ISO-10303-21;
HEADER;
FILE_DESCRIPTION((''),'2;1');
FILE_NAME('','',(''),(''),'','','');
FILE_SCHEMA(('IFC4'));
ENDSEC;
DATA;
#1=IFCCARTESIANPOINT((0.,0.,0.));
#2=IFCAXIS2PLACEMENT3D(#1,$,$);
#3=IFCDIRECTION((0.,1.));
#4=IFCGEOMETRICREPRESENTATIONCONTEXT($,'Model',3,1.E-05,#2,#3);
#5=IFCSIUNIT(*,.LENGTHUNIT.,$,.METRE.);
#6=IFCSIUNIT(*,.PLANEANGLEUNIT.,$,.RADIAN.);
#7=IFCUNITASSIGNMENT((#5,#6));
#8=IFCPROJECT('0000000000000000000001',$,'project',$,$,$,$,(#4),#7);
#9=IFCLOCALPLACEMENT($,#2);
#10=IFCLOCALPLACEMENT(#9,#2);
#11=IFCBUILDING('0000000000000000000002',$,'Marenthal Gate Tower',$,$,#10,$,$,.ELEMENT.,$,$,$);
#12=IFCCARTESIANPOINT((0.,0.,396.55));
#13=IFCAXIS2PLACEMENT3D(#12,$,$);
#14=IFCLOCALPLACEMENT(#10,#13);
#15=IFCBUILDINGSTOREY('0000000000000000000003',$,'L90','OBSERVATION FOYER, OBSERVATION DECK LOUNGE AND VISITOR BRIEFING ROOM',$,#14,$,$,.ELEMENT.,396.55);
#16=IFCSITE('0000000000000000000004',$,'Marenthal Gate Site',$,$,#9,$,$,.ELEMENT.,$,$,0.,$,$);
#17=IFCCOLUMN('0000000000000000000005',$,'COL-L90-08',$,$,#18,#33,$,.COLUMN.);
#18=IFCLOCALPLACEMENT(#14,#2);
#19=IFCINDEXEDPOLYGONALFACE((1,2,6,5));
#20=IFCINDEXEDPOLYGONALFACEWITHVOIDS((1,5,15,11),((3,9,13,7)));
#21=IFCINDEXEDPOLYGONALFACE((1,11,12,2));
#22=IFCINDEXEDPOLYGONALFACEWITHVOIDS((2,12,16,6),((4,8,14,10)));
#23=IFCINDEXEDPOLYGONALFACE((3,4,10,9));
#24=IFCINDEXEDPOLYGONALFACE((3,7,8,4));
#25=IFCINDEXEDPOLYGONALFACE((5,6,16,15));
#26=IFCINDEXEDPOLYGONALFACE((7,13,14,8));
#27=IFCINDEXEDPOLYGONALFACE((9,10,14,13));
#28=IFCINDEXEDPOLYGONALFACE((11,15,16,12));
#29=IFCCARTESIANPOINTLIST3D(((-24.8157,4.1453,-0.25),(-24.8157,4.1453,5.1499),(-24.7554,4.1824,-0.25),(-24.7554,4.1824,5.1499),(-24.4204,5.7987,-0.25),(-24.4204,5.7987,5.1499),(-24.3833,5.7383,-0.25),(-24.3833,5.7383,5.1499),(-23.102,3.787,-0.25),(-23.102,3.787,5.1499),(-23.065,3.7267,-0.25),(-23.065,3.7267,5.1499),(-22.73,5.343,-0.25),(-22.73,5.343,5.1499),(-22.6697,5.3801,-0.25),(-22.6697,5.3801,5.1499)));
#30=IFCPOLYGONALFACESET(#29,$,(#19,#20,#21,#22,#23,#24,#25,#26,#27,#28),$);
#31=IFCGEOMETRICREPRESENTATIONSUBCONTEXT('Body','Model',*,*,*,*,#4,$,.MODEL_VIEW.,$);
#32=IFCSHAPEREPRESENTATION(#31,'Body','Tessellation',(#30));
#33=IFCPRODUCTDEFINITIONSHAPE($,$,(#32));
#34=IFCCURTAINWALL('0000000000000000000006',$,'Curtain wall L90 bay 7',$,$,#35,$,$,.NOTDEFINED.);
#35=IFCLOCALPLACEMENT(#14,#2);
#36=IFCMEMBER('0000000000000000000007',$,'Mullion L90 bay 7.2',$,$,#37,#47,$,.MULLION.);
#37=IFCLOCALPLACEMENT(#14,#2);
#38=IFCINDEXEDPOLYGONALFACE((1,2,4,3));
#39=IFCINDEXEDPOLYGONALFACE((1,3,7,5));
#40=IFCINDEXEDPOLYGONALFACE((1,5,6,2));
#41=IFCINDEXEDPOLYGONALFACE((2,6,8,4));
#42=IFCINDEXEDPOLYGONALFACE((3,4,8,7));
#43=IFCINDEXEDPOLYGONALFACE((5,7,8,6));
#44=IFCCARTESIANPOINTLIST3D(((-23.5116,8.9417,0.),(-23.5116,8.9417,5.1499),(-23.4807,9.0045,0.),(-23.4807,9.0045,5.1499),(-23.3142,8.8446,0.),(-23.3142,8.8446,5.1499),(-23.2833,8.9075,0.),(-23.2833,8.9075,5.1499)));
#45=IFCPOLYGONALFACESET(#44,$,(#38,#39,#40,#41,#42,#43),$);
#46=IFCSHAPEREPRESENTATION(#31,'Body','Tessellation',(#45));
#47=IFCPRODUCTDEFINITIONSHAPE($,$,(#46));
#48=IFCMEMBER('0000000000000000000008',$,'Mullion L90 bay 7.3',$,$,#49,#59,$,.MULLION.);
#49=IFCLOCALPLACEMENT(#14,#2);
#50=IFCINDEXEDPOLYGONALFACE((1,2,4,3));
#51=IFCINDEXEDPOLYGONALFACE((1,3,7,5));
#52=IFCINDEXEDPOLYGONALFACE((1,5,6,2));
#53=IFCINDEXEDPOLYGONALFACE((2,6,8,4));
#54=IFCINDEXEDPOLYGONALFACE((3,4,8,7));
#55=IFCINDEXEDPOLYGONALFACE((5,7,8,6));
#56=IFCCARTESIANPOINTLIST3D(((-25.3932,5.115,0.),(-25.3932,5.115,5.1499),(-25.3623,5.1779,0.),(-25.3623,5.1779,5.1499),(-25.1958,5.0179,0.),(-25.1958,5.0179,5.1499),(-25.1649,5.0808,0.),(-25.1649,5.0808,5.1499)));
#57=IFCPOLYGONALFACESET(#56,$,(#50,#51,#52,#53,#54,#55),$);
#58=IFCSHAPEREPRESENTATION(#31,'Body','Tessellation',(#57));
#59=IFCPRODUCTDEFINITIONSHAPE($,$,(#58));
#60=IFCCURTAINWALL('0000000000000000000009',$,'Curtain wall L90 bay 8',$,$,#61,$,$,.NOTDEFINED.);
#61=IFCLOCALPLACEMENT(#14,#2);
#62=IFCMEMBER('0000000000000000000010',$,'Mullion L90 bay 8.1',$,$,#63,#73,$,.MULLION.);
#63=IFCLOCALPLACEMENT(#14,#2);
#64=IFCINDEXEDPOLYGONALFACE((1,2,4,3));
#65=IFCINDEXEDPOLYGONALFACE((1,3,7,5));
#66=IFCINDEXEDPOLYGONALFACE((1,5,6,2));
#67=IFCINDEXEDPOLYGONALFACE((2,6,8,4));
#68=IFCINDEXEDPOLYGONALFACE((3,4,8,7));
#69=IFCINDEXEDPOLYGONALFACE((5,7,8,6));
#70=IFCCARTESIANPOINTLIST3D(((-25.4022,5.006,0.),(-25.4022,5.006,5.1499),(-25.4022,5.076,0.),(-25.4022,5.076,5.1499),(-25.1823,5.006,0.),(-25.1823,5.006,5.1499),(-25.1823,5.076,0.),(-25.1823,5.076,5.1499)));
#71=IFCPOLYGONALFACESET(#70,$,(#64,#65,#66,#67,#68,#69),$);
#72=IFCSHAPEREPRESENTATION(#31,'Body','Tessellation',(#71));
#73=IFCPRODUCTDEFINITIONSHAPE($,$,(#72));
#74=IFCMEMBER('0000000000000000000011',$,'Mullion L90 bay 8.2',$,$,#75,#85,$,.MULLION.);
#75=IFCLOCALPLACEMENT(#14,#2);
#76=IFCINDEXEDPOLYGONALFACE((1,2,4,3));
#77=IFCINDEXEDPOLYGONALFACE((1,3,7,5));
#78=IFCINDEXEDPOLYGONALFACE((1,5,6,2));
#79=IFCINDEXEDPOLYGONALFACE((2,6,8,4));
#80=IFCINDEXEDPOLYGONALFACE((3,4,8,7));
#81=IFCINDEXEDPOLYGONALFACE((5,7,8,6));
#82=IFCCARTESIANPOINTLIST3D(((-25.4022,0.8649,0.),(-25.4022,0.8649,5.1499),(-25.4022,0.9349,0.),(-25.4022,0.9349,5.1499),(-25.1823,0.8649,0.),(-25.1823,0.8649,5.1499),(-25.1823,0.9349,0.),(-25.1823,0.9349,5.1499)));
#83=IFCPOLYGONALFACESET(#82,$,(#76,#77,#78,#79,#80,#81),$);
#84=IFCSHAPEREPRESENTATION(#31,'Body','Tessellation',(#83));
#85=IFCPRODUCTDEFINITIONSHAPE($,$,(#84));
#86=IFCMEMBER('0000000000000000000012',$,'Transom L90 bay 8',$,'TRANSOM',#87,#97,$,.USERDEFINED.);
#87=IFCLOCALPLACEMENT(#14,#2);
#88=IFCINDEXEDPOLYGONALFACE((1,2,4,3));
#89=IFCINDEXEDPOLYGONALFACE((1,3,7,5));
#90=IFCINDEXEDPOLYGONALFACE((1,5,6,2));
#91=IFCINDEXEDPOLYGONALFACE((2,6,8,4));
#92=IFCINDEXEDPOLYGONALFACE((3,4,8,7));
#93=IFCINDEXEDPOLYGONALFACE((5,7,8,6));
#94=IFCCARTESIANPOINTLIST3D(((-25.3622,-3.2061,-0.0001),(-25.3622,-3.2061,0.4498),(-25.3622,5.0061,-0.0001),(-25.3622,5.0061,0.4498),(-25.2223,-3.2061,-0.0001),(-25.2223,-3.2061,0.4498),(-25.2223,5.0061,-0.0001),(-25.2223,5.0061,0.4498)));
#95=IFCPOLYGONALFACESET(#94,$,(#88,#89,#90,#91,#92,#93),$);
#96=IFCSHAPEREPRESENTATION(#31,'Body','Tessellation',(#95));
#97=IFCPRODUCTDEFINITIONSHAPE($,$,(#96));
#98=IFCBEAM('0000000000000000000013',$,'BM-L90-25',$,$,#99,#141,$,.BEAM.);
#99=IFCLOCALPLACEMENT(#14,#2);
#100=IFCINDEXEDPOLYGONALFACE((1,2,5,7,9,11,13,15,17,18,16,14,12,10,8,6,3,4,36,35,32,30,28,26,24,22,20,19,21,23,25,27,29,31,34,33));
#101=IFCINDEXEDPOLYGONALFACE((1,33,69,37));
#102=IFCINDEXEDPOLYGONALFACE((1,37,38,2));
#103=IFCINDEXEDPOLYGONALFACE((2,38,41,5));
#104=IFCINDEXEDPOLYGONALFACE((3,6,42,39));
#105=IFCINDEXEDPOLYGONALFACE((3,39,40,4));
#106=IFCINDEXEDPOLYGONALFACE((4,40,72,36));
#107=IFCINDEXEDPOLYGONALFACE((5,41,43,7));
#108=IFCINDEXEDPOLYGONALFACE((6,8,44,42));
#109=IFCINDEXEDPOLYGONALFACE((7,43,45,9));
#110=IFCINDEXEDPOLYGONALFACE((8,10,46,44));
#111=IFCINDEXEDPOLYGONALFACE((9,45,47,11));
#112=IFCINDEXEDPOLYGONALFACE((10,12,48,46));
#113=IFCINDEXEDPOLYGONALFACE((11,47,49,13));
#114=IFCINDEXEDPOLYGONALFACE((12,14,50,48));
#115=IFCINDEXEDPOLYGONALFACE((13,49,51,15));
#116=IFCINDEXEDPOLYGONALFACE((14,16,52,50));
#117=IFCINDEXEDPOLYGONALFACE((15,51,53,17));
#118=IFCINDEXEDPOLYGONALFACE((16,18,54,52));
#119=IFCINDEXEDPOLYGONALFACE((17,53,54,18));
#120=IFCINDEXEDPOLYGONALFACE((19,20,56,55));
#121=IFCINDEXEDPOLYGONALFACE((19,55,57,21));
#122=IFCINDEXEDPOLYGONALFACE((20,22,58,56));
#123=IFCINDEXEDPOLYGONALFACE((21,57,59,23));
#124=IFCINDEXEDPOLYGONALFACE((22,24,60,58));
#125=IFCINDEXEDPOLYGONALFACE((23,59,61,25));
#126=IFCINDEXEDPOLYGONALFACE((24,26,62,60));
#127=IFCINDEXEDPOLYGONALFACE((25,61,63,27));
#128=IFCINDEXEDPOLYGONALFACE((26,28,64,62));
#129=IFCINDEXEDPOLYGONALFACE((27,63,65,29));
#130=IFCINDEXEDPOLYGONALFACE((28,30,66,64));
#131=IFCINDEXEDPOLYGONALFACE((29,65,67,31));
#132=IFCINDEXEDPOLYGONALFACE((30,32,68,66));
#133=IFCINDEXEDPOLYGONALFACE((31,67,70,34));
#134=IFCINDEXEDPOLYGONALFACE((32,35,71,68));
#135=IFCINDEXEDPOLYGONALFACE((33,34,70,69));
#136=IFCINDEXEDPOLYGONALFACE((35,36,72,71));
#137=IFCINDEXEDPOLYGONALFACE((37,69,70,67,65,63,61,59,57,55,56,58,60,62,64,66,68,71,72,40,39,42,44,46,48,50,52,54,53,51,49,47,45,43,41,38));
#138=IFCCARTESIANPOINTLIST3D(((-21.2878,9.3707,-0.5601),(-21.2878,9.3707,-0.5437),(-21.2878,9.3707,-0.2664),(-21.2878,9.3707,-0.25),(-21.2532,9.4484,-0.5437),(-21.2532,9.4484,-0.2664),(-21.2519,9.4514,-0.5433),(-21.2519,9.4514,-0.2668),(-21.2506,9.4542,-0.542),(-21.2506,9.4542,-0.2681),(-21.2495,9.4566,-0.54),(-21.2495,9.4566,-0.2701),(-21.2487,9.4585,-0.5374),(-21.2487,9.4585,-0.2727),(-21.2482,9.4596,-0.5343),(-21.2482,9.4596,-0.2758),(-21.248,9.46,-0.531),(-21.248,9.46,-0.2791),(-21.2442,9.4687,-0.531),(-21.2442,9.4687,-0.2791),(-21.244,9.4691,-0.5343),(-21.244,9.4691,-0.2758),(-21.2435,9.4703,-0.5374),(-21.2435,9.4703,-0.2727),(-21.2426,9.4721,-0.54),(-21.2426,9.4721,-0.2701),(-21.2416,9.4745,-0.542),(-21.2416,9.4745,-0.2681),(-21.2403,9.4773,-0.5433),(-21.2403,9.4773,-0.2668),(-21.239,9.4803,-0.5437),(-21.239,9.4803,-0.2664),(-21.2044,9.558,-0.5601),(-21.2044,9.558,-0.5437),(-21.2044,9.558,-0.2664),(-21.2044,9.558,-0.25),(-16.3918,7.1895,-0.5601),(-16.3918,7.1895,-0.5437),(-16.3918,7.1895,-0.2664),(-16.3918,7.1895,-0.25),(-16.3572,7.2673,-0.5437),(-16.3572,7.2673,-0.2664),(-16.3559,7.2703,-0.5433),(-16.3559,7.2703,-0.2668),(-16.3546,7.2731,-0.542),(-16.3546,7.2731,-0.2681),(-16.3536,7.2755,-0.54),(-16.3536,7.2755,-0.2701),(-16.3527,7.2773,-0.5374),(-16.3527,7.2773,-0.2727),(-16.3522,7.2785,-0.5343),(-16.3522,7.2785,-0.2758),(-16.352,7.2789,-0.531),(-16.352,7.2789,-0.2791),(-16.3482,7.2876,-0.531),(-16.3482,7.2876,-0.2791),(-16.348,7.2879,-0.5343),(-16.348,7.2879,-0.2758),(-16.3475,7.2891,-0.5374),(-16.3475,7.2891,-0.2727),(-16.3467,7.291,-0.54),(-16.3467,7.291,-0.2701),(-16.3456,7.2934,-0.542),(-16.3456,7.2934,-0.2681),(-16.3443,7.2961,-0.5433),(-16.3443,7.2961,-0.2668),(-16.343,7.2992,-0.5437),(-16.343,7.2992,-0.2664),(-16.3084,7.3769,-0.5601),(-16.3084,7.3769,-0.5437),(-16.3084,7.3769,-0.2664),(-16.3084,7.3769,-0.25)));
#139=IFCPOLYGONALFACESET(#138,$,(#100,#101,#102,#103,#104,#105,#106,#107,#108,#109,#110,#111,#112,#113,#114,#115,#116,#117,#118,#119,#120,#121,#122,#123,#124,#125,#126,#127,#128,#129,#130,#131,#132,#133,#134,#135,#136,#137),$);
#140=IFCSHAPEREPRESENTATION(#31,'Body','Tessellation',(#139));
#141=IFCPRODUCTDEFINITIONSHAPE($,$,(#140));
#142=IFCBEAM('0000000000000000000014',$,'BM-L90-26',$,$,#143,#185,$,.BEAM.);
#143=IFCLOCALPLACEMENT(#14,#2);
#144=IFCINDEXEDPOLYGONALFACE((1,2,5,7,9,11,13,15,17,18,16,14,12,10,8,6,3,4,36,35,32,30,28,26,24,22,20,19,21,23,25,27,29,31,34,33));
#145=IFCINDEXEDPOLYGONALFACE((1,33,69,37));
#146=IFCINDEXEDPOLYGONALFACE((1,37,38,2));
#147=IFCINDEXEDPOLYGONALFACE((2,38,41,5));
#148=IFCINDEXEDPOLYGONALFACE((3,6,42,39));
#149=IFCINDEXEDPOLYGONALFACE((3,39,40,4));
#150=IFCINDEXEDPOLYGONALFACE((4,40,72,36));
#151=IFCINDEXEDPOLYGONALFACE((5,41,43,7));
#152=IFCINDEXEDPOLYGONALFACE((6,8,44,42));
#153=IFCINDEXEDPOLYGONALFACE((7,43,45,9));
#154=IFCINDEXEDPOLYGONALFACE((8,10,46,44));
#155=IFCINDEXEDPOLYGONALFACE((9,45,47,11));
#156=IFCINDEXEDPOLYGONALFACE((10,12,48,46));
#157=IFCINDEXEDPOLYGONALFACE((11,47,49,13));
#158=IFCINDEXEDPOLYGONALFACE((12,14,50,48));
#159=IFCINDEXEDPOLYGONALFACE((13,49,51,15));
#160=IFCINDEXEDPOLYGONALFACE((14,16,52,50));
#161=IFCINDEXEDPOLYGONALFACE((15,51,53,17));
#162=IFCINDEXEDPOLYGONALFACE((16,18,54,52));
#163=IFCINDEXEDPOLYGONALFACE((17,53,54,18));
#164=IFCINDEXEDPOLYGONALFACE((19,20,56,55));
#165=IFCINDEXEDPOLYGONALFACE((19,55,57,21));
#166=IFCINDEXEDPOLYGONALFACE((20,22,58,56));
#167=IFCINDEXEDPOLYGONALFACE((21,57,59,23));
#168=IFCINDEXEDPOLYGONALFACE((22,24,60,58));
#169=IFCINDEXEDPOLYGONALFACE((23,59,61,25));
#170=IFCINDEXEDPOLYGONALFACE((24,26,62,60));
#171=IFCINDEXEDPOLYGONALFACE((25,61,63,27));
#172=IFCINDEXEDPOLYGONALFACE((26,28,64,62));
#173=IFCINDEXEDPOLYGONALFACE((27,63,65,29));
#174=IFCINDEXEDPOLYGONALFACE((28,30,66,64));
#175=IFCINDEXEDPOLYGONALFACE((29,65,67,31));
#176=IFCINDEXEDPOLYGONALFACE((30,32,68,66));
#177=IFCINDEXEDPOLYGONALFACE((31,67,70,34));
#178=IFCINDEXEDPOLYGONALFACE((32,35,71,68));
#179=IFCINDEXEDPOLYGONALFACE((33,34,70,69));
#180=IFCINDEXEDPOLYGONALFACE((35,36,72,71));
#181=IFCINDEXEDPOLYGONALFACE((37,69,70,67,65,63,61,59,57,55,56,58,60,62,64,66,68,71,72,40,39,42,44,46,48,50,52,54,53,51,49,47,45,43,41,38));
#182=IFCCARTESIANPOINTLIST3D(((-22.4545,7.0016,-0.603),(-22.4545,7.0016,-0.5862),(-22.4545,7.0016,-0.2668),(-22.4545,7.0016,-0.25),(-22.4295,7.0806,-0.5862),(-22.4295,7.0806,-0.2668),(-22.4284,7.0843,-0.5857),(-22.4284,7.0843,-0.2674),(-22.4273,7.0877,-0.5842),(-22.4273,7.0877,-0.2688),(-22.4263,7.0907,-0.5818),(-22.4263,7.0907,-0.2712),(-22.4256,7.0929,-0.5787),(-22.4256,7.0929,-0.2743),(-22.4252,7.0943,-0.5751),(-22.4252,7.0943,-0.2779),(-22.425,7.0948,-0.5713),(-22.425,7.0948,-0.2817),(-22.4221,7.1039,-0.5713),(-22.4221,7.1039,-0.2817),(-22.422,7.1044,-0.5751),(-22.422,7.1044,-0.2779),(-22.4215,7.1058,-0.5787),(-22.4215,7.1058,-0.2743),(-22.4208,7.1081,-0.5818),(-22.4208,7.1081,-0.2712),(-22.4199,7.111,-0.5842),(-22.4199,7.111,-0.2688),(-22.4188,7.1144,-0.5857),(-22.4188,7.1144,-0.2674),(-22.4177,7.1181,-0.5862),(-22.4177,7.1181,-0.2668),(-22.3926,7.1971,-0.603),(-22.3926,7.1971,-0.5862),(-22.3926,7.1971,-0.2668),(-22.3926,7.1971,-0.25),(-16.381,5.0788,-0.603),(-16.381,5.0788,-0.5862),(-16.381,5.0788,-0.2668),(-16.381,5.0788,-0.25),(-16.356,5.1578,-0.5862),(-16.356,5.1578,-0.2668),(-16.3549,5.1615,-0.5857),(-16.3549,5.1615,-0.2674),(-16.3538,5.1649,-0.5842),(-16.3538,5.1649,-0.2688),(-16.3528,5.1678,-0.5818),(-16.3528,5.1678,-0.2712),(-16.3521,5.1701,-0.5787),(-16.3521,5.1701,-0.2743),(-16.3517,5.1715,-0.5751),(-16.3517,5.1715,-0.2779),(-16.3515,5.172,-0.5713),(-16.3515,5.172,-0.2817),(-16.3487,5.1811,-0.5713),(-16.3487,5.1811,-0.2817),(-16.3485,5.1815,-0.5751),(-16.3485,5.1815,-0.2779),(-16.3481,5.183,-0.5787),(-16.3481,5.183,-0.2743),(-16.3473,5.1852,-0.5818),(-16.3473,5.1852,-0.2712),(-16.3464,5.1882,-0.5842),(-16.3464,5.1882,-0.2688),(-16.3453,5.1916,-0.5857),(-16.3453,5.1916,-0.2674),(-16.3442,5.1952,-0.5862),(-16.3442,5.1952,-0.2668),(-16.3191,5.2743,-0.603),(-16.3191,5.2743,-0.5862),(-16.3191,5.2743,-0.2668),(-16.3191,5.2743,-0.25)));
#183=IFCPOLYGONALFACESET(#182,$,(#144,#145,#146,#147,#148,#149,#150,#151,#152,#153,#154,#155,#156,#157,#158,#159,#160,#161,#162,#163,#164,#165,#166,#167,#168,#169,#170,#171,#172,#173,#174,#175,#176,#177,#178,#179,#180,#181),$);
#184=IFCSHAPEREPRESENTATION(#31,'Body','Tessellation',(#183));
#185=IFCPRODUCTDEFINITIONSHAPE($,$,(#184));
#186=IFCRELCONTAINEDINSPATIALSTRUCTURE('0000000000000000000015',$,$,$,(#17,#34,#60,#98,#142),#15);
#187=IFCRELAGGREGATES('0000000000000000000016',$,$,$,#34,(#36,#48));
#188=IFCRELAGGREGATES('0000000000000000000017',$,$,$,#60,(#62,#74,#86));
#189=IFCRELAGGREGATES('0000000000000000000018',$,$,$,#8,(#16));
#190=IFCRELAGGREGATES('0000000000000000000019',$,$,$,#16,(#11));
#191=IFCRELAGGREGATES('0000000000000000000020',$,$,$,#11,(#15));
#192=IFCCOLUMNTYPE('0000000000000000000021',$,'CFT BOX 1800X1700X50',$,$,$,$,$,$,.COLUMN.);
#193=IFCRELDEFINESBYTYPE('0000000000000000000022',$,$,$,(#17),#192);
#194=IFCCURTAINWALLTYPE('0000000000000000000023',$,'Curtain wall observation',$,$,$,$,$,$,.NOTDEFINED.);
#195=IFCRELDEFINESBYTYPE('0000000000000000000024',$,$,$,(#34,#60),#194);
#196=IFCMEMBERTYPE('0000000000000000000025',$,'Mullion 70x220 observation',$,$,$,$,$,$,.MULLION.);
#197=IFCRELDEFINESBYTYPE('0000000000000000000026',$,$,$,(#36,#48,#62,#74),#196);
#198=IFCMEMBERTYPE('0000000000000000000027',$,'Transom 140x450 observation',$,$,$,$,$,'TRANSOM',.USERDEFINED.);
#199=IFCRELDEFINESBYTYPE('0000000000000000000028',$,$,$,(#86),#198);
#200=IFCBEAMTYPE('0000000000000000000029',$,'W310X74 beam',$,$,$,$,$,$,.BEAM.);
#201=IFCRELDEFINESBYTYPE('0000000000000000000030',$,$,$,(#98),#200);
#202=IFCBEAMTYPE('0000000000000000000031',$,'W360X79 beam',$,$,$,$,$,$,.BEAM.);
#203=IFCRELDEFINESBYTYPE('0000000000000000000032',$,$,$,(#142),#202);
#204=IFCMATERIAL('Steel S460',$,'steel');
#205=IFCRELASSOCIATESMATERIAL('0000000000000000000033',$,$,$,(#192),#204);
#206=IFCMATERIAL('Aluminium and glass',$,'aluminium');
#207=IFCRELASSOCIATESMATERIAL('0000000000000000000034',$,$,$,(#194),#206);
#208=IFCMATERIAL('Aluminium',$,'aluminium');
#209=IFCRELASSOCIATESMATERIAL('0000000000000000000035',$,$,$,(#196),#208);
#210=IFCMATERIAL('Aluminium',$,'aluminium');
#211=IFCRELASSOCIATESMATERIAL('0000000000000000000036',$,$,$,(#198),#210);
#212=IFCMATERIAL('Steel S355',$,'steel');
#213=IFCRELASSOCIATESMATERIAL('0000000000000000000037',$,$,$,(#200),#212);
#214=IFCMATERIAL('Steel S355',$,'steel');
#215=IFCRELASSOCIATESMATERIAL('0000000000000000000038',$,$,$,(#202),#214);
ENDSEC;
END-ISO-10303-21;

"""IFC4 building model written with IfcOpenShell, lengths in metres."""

from ifc_helpers import new_model, si_unit, direction, frame, origin, origin_2d, place, context, subcontext, project, spatial, rectangle, hollow_rectangle, i_section, extrude, material, material_profile, profile_set, type_object, element, aggregate, save


model = new_model("IFC4")

# Units and contexts
model_context = context("Model", 3, precision=1e-05, world=origin(), true_north=direction((0.0, 1.0)))
body_context = subcontext(model_context, "Body", "Model", "MODEL_VIEW")
ifc_project = project(units=[si_unit("LENGTHUNIT", "METRE"), si_unit("PLANEANGLEUNIT", "RADIAN")], contexts=[model_context])

# Site, building, storey
site_placement = place(None, origin())
site = spatial("IfcSite", under=ifc_project, at=site_placement, Name="Marenthal Gate Site", CompositionType="ELEMENT", RefElevation=0.0)
building_placement = place(site_placement, origin())
building = spatial("IfcBuilding", under=site, at=building_placement, Name="Marenthal Gate Tower", CompositionType="ELEMENT")
storey_placement = place(building_placement, frame((0.0, 0.0, 396.55)))
storey = spatial("IfcBuildingStorey", under=building, at=storey_placement, Name="L90", Description="OBSERVATION FOYER, OBSERVATION DECK LOUNGE AND VISITOR BRIEFING ROOM", CompositionType="ELEMENT", Elevation=396.55)

# Column
ifc_material_1 = material(Name="Steel S460", Category="steel")
ifc_material_profile_1 = material_profile(ifc_material_1, hollow_rectangle(XDim=1.7, YDim=1.8, WallThickness=0.05, at=origin_2d()), Name="CFT BOX 1800X1700X50")
ifc_material_2 = material(Name="Concrete 70 MPa", Category="concrete")
ifc_material_profile_2 = material_profile(ifc_material_2, rectangle(XDim=1.6001, YDim=1.7, at=origin_2d()), Name="CFT BOX 1800X1700X50 INFILL")
ifc_profile_set_1 = profile_set([ifc_material_profile_1, ifc_material_profile_2], Name="Steel S460 shell, Concrete 70 MPa infill")
column_type = type_object("IfcColumnType", Name="CFT BOX 1800X1700X50", PredefinedType="COLUMN", material=ifc_profile_set_1)
column_placement = place(storey_placement, frame((-23.7427, 4.7627, -0.25), z_axis=(0.0, 0.0, 1.0), x_axis=(0.232542, 0.972586, 0.0)))
element("IfcColumn", 1, at=column_placement, inside=storey, type_object=column_type, Name="COL-L90-08", PredefinedType="COLUMN", context=body_context, shape_type="SweptSolid", body=[
    extrude(hollow_rectangle(XDim=1.7, YDim=1.8, WallThickness=0.05, at=origin_2d()), origin(), (0.0, 0.0, 1.0), 5.3999),
])

# Curtain walls, members
ifc_material_3 = material(Name="Aluminium and glass", Category="aluminium")
curtain_wall_type = type_object("IfcCurtainWallType", Name="Curtain wall observation", PredefinedType="NOTDEFINED", material=ifc_material_3)
curtain_wall_1_placement = place(storey_placement, origin())
curtain_wall_1 = element("IfcCurtainWall", 2, at=curtain_wall_1_placement, inside=storey, type_object=curtain_wall_type, Name="Curtain wall L90 bay 7", PredefinedType="NOTDEFINED")
ifc_material_4 = material(Name="Aluminium", Category="aluminium")
ifc_material_profile_3 = material_profile(ifc_material_4, rectangle(XDim=0.22, YDim=0.0701, at=origin_2d()), Name="70x220 aluminium mullion")
ifc_profile_set_2 = profile_set([ifc_material_profile_3], Name="Aluminium")
member_type_1 = type_object("IfcMemberType", Name="Mullion 70x220 observation", PredefinedType="MULLION", material=ifc_profile_set_2)
member_1_placement = place(storey_placement, frame((-23.3975, 8.9246, 0.0), z_axis=(0.0, 0.0, 1.0), x_axis=(0.897386, -0.441247, 0.0)))
member_1 = element("IfcMember", 3, at=member_1_placement, type_object=member_type_1, Name="Mullion L90 bay 7.2", PredefinedType="MULLION", context=body_context, shape_type="SweptSolid", body=[
    extrude(rectangle(XDim=0.22, YDim=0.0701, at=origin_2d()), origin(), (0.0, 0.0, 1.0), 5.1499),
])
member_2_placement = place(storey_placement, frame((-25.2791, 5.0979, 0.0), z_axis=(0.0, 0.0, 1.0), x_axis=(0.897386, -0.441247, 0.0)))
member_2 = element("IfcMember", 4, at=member_2_placement, type_object=member_type_1, Name="Mullion L90 bay 7.3", PredefinedType="MULLION", context=body_context, shape_type="SweptSolid", body=[
    extrude(rectangle(XDim=0.22, YDim=0.0701, at=origin_2d()), origin(), (0.0, 0.0, 1.0), 5.1499),
])
curtain_wall_2_placement = place(storey_placement, origin())
curtain_wall_2 = element("IfcCurtainWall", 5, at=curtain_wall_2_placement, inside=storey, type_object=curtain_wall_type, Name="Curtain wall L90 bay 8", PredefinedType="NOTDEFINED")
member_3_placement = place(storey_placement, frame((-25.2922, 5.041, 0.0), z_axis=(0.0, 0.0, 1.0), x_axis=(1.0, 0.0, 0.0)))
member_3 = element("IfcMember", 6, at=member_3_placement, type_object=member_type_1, Name="Mullion L90 bay 8.1", PredefinedType="MULLION", context=body_context, shape_type="SweptSolid", body=[
    extrude(rectangle(XDim=0.22, YDim=0.0701, at=origin_2d()), origin(), (0.0, 0.0, 1.0), 5.1499),
])
member_4_placement = place(storey_placement, frame((-25.2922, 0.8999, 0.0), z_axis=(0.0, 0.0, 1.0), x_axis=(1.0, 0.0, 0.0)))
member_4 = element("IfcMember", 7, at=member_4_placement, type_object=member_type_1, Name="Mullion L90 bay 8.2", PredefinedType="MULLION", context=body_context, shape_type="SweptSolid", body=[
    extrude(rectangle(XDim=0.22, YDim=0.0701, at=origin_2d()), origin(), (0.0, 0.0, 1.0), 5.1499),
])
ifc_material_5 = material(Name="Aluminium", Category="aluminium")
ifc_material_profile_4 = material_profile(ifc_material_5, rectangle(XDim=0.1399, YDim=0.45, at=origin_2d()), Name="140x450 aluminium transom")
ifc_profile_set_3 = profile_set([ifc_material_profile_4], Name="Aluminium")
member_type_2 = type_object("IfcMemberType", Name="Transom 140x450 observation", ElementType="TRANSOM", PredefinedType="USERDEFINED", material=ifc_profile_set_3)
member_5_placement = place(storey_placement, frame((-25.2922, 5.0061, 0.2249), z_axis=(0.0, -1.0, 0.0), x_axis=(1.0, 0.0, 0.0)))
member_5 = element("IfcMember", 8, at=member_5_placement, type_object=member_type_2, Name="Transom L90 bay 8", ObjectType="TRANSOM", PredefinedType="USERDEFINED", context=body_context, shape_type="SweptSolid", body=[
    extrude(rectangle(XDim=0.1399, YDim=0.45, at=origin_2d()), origin(), (0.0, 0.0, 1.0), 8.2122),
])

# Beams
ifc_material_6 = material(Name="Steel S355", Category="steel")
ifc_material_profile_5 = material_profile(ifc_material_6, i_section(OverallWidth=0.2051, OverallDepth=0.3101, WebThickness=0.0095, FlangeThickness=0.0164, FilletRadius=0.0127, at=origin_2d()), Name="W310X74")
ifc_profile_set_4 = profile_set([ifc_material_profile_5], Name="Steel S355")
beam_type_1 = type_object("IfcBeamType", Name="W310X74 beam", PredefinedType="BEAM", material=ifc_profile_set_4)
beam_1_placement = place(storey_placement, frame((-21.2461, 9.4644, -0.405), z_axis=(0.913454, -0.406941, 0.0), x_axis=(0.406941, 0.913454, 0.0)))
element("IfcBeam", 9, at=beam_1_placement, inside=storey, type_object=beam_type_1, Name="BM-L90-25", PredefinedType="BEAM", context=body_context, shape_type="SweptSolid", body=[
    extrude(i_section(OverallWidth=0.2051, OverallDepth=0.3101, WebThickness=0.0095, FlangeThickness=0.0164, FilletRadius=0.0127, at=origin_2d()), origin(), (0.0, 0.0, 1.0), 5.3599),
])
ifc_material_7 = material(Name="Steel S355", Category="steel")
ifc_material_profile_6 = material_profile(ifc_material_7, i_section(OverallWidth=0.2051, OverallDepth=0.353, WebThickness=0.0095, FlangeThickness=0.0168, FilletRadius=0.0149, at=origin_2d()), Name="W360X79")
ifc_profile_set_5 = profile_set([ifc_material_profile_6], Name="Steel S355")
beam_type_2 = type_object("IfcBeamType", Name="W360X79 beam", PredefinedType="BEAM", material=ifc_profile_set_5)
beam_2_placement = place(storey_placement, frame((-22.4236, 7.0994, -0.4265), z_axis=(0.953361, -0.301832, 0.0), x_axis=(0.301832, 0.953361, 0.0)))
element("IfcBeam", 10, at=beam_2_placement, inside=storey, type_object=beam_type_2, Name="BM-L90-26", PredefinedType="BEAM", context=body_context, shape_type="SweptSolid", body=[
    extrude(i_section(OverallWidth=0.2051, OverallDepth=0.353, WebThickness=0.0095, FlangeThickness=0.0168, FilletRadius=0.0149, at=origin_2d()), origin(), (0.0, 0.0, 1.0), 6.3706),
])

aggregate(curtain_wall_1, [member_1, member_2])
aggregate(curtain_wall_2, [member_3, member_4, member_5])

save(model, "model.ifc")
